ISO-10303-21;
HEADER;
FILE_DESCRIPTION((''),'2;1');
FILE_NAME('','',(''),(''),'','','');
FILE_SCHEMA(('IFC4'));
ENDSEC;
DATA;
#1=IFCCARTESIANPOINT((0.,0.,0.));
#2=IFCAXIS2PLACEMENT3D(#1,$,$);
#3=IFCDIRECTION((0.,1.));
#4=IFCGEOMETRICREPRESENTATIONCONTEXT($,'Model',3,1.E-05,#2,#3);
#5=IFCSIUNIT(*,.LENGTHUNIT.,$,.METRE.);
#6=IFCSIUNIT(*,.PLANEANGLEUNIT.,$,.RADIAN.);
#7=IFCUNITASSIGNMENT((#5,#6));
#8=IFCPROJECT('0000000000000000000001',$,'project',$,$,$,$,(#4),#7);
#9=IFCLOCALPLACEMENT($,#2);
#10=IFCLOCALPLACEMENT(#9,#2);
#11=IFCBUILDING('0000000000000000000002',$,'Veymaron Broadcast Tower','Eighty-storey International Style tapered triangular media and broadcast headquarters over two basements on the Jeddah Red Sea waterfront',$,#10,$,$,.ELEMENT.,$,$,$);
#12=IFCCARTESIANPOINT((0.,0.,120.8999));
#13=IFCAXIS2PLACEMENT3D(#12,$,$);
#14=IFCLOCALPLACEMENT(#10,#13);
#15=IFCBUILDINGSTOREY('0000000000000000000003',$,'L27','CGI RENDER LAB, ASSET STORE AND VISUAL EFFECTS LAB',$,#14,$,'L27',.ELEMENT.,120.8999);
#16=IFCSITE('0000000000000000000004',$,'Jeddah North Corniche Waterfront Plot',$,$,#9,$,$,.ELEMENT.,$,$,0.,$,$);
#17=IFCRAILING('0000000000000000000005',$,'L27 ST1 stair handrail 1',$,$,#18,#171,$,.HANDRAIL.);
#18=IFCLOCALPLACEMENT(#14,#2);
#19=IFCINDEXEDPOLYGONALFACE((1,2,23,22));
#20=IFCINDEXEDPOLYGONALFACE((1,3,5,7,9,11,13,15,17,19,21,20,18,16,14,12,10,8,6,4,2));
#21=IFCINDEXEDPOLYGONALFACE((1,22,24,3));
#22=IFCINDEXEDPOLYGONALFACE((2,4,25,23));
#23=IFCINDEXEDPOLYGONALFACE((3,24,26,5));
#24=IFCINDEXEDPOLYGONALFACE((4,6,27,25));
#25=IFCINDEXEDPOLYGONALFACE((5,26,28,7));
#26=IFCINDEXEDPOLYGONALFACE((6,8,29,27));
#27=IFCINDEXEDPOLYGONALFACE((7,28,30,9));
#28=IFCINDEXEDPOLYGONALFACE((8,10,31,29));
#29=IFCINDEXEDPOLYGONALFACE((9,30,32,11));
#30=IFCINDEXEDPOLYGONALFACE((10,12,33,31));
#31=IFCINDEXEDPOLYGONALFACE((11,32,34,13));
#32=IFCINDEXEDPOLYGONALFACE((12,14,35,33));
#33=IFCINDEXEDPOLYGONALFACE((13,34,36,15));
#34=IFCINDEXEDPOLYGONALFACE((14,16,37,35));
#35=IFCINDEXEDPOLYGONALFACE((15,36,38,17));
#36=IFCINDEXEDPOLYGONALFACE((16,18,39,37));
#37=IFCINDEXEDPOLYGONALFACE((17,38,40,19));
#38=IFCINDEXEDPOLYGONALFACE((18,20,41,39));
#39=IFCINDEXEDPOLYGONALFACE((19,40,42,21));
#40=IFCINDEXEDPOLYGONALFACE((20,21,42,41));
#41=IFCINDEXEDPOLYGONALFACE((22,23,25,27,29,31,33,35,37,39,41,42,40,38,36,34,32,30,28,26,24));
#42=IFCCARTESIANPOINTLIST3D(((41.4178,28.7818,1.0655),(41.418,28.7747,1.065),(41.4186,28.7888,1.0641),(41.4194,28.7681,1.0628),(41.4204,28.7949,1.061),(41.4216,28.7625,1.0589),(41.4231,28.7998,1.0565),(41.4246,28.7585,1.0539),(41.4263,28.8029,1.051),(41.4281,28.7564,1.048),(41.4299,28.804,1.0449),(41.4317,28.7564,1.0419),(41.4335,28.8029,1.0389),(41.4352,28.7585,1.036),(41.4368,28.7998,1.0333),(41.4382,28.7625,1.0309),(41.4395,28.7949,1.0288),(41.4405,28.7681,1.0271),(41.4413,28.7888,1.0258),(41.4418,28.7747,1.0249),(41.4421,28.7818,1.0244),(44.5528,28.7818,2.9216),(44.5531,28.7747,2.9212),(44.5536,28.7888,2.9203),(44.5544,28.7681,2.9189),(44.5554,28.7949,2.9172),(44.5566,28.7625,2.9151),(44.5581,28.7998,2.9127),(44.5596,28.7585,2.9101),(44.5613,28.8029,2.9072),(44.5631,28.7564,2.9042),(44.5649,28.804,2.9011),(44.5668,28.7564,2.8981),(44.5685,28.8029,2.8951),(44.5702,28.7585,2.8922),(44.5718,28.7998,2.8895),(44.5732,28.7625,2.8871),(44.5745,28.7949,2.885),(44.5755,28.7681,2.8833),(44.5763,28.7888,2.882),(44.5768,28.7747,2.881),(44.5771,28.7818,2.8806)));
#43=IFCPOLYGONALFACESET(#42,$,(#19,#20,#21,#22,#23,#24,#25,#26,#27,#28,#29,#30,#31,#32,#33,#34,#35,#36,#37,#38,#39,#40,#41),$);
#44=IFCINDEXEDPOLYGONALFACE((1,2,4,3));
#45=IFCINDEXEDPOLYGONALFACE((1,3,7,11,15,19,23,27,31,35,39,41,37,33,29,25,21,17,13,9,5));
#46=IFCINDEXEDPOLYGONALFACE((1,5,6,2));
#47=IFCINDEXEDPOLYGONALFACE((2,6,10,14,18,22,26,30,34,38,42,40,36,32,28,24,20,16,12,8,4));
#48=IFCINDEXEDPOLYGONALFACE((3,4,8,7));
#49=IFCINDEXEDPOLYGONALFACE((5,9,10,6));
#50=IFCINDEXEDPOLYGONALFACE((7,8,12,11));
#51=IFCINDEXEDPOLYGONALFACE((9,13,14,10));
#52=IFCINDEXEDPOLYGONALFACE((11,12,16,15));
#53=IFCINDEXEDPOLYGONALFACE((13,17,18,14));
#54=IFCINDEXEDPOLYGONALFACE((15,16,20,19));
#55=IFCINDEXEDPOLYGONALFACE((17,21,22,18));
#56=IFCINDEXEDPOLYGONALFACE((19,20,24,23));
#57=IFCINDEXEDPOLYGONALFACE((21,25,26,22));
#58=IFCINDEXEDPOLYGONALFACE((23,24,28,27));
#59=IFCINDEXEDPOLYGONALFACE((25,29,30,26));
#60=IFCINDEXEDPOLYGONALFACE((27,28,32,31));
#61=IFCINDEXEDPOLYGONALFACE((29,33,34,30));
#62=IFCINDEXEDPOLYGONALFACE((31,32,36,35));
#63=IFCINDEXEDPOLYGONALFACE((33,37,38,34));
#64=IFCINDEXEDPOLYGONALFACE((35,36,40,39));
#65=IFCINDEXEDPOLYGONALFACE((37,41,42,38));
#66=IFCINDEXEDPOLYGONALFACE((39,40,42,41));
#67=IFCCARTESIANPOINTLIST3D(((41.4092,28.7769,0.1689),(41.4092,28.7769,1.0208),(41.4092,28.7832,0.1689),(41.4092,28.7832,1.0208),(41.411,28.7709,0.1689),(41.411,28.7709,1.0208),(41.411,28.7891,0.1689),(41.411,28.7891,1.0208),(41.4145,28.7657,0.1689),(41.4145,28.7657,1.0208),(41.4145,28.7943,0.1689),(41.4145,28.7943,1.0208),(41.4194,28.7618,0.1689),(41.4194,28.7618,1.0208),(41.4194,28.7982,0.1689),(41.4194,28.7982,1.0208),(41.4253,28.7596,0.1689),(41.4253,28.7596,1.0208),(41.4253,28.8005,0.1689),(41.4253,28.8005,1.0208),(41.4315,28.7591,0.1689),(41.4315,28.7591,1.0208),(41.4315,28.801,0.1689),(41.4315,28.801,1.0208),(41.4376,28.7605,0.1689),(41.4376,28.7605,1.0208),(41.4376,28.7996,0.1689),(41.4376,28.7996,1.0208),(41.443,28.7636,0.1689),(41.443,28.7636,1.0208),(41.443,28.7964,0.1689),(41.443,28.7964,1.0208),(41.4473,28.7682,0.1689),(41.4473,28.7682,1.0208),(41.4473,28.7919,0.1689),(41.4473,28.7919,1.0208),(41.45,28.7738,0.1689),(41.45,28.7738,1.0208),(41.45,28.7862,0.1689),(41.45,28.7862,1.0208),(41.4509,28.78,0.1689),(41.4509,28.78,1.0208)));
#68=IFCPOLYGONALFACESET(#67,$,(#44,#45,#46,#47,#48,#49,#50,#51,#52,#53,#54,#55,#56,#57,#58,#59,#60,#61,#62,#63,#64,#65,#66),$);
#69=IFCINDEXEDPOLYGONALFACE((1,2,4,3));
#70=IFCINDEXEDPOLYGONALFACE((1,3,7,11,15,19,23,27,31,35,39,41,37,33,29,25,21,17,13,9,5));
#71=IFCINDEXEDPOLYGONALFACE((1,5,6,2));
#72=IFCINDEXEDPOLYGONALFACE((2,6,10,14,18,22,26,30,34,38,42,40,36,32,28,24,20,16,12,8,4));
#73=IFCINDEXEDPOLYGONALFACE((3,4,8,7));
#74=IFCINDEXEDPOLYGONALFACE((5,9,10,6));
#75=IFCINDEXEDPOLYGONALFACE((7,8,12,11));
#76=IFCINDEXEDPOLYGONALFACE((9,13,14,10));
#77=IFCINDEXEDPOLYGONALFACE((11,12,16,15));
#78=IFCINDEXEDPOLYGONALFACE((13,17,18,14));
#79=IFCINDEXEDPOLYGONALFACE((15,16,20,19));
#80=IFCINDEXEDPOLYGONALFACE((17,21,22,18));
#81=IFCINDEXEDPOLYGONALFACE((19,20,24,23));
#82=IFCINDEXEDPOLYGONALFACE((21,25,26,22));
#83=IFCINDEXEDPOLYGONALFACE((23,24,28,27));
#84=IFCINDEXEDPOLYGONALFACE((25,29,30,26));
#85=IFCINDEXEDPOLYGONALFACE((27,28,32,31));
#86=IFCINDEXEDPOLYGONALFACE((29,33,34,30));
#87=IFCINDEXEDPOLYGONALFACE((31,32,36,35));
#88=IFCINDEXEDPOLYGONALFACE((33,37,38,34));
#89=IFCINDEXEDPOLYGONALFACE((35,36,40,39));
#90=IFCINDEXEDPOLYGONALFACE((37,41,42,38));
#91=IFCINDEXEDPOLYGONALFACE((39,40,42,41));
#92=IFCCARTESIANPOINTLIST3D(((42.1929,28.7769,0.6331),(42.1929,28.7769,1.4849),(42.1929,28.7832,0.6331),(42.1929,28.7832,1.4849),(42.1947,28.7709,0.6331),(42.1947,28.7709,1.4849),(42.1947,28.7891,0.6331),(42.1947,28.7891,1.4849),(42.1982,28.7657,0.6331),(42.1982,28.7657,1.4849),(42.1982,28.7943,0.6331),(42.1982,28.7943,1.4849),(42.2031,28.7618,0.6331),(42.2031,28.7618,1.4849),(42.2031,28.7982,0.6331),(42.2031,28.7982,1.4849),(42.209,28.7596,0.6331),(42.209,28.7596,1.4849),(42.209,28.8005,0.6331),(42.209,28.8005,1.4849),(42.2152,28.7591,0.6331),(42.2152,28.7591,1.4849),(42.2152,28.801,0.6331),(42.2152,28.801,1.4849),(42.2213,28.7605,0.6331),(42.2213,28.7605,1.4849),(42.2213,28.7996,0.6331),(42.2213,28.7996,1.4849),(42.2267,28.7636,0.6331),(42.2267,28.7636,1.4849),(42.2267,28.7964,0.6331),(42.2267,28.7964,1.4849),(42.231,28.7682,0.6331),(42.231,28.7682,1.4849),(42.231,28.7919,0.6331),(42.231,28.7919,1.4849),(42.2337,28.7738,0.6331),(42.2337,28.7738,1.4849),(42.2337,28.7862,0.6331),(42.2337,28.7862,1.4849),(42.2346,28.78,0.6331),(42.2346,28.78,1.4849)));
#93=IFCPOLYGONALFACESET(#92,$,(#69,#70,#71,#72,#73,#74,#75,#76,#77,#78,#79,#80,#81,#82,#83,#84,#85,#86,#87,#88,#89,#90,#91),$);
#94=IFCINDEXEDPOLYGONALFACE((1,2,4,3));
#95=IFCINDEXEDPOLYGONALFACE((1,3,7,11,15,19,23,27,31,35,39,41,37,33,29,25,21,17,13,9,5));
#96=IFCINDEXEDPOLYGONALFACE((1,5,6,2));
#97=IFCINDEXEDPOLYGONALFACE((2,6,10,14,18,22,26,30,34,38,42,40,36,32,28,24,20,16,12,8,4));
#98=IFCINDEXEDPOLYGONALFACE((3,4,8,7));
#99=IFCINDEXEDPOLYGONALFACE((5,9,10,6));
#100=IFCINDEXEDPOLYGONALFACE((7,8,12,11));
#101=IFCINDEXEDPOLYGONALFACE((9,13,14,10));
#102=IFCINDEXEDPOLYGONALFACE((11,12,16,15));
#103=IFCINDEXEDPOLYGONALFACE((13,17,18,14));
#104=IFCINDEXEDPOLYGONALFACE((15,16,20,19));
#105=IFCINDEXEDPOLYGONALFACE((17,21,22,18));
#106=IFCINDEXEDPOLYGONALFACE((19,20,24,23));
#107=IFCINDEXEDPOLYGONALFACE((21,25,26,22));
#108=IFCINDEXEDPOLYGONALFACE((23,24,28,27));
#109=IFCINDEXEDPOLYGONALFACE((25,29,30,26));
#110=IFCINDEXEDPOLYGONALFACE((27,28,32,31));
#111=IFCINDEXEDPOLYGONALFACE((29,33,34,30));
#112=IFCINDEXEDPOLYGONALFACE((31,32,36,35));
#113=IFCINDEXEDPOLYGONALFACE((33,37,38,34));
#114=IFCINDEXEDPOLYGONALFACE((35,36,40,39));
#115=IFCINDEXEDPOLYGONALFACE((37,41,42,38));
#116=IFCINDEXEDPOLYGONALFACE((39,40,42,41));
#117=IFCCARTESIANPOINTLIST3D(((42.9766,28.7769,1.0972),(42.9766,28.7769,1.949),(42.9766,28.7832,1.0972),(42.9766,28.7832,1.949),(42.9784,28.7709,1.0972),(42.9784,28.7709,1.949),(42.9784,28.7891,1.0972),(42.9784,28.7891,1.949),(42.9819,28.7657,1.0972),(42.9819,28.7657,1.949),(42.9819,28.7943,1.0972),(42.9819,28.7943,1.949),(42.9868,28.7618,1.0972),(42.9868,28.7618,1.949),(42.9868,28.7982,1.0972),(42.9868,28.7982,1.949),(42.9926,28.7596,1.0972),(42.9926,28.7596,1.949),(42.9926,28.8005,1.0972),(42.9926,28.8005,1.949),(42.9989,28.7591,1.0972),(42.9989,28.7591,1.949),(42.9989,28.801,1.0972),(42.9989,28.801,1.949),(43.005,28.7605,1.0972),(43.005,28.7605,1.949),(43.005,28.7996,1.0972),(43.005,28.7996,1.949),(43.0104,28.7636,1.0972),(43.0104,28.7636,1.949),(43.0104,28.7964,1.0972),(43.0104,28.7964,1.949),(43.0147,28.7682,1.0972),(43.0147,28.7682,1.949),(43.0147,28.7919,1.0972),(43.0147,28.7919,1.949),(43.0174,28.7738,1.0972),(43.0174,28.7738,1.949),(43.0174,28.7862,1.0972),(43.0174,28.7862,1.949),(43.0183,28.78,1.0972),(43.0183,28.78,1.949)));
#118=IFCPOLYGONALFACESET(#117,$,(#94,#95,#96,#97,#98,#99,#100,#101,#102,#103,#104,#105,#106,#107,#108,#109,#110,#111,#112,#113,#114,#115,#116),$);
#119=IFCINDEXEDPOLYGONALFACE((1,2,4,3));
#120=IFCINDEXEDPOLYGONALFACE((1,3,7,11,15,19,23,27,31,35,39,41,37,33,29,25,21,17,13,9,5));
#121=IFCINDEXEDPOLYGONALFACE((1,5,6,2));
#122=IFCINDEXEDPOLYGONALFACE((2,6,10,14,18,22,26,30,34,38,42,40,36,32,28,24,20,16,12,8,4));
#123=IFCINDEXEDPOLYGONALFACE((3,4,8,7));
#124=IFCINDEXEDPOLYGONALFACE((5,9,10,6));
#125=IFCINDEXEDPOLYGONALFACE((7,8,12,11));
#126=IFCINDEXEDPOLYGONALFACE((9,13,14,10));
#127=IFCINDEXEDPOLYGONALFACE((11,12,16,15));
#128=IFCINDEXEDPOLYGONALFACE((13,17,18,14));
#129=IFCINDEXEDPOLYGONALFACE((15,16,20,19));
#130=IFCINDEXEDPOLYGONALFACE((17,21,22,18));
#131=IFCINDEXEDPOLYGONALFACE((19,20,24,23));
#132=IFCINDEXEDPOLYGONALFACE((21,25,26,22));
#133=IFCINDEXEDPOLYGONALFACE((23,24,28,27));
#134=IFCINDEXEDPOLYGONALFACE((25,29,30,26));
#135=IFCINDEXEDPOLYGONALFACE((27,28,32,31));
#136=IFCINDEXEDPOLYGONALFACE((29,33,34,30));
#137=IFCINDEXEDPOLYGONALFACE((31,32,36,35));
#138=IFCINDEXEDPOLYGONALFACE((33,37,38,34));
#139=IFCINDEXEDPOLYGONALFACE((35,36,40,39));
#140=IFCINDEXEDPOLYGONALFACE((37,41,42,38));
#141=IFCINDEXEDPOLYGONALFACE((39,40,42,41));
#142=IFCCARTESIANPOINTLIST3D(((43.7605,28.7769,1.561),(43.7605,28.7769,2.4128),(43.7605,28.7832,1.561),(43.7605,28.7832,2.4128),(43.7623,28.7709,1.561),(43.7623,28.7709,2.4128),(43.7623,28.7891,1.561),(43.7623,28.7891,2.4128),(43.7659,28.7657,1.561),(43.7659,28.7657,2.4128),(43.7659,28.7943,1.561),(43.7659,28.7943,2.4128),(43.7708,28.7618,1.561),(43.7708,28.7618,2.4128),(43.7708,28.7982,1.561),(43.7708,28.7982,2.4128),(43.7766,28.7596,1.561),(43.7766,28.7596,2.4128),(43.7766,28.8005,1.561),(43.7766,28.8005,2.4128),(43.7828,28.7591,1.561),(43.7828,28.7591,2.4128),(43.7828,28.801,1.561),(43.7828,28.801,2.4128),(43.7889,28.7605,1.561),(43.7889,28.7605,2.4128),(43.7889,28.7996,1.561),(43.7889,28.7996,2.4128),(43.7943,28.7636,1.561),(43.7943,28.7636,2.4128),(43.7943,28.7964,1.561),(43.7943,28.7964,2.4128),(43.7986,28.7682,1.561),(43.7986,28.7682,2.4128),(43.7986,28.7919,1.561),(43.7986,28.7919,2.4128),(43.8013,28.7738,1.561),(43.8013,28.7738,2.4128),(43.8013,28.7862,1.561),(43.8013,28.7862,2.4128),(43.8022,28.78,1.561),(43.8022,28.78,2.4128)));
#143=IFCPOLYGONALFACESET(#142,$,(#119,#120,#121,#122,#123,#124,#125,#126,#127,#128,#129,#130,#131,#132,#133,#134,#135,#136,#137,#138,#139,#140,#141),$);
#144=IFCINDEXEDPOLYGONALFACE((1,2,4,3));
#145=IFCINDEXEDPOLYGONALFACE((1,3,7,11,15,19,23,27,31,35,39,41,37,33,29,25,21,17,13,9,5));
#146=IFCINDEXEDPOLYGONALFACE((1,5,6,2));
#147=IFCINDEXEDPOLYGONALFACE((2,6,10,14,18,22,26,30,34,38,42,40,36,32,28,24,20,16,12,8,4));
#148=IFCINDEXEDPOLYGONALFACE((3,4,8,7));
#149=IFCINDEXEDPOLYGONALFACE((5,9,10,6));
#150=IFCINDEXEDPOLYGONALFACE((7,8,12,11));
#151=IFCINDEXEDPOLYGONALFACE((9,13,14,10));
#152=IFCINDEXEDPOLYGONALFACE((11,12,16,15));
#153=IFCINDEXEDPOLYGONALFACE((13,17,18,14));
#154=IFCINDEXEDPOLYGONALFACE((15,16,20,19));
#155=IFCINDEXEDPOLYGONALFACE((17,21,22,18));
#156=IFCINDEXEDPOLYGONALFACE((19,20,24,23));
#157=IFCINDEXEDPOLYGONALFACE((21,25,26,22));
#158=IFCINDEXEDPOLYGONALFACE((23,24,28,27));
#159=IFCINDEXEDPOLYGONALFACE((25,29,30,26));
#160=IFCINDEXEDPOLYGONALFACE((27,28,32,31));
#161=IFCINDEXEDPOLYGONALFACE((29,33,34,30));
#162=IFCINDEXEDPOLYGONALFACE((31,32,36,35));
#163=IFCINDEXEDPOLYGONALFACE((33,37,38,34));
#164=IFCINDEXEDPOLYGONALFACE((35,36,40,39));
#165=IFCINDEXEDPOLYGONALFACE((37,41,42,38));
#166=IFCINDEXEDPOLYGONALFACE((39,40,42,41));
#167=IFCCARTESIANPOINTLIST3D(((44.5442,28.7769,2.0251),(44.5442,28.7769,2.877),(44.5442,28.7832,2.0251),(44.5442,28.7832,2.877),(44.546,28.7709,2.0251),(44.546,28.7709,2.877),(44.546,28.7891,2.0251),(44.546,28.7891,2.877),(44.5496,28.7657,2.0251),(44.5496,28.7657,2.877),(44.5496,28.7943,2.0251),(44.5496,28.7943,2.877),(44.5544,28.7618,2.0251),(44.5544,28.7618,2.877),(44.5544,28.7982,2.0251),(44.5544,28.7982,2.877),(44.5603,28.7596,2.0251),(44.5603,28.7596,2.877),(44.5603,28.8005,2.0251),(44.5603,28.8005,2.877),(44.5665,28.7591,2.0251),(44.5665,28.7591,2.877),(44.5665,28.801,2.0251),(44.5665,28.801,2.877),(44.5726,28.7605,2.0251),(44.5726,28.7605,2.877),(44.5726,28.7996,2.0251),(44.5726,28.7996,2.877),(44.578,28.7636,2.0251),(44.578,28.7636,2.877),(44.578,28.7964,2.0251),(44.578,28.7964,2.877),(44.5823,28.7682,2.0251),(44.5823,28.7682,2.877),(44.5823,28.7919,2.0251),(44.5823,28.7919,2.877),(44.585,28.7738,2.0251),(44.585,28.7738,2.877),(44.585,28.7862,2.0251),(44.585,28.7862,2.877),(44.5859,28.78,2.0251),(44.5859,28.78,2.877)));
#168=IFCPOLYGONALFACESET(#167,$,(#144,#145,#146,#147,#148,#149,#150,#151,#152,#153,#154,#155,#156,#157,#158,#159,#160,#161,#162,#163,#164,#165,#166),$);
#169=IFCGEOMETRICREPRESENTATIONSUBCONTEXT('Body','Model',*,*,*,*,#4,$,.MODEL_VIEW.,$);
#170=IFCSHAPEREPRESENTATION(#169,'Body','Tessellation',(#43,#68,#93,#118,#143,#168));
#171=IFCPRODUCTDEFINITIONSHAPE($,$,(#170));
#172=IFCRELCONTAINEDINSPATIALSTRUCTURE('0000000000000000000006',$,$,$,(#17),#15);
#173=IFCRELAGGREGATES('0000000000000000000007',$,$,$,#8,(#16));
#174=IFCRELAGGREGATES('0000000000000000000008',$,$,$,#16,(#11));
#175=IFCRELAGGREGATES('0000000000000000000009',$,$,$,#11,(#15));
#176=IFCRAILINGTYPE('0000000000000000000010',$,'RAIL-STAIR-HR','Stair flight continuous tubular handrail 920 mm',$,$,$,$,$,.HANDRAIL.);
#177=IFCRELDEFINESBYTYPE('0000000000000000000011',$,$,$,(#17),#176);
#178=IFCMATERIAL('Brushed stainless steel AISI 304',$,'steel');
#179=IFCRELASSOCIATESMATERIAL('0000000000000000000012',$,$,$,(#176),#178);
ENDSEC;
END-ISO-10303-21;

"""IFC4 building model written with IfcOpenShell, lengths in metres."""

from ifc_helpers import new_model, si_unit, direction, frame, origin, origin_2d, place, context, subcontext, project, spatial, circle, extrude, material, type_object, element, save


model = new_model("IFC4")

# Units and contexts
model_context = context("Model", 3, precision=1e-05, world=origin(), true_north=direction((0.0, 1.0)))
body_context = subcontext(model_context, "Body", "Model", "MODEL_VIEW")
ifc_project = project(units=[si_unit("LENGTHUNIT", "METRE"), si_unit("PLANEANGLEUNIT", "RADIAN")], contexts=[model_context])

# Site, building, storey
site_placement = place(None, origin())
site = spatial("IfcSite", under=ifc_project, at=site_placement, Name="Jeddah North Corniche Waterfront Plot", CompositionType="ELEMENT", RefElevation=0.0)
building_placement = place(site_placement, origin())
building = spatial("IfcBuilding", under=site, at=building_placement, Name="Veymaron Broadcast Tower", Description="Eighty-storey International Style tapered triangular media and broadcast headquarters over two basements on the Jeddah Red Sea waterfront", CompositionType="ELEMENT")
storey_placement = place(building_placement, frame((0.0, 0.0, 120.8999)))
storey = spatial("IfcBuildingStorey", under=building, at=storey_placement, Name="L27", Description="CGI RENDER LAB, ASSET STORE AND VISUAL EFFECTS LAB", LongName="L27", CompositionType="ELEMENT", Elevation=120.8999)

# Shared definitions
ifc_material_1 = material(Name="Brushed stainless steel AISI 304", Category="steel")

# Railing
railing_type_1 = type_object("IfcRailingType", Name="RAIL-STAIR-HR", Description="Stair flight continuous tubular handrail 920 mm", PredefinedType="HANDRAIL", material=ifc_material_1)
railing_1_placement = place(storey_placement, frame((41.4299, 28.78, 0.1689)))
element("IfcRailing", 1, at=railing_1_placement, inside=storey, type_object=railing_type_1, Name="L27 ST1 stair handrail 1", PredefinedType="HANDRAIL", context=body_context, shape_type="SweptSolid", body=[
    extrude(circle(Radius=0.0239, at=origin_2d()), frame((0.0, 0.0, 0.876), z_axis=(0.860482, 0.0, 0.509481), x_axis=(0.0, 1.0, 0.0)), (0.0, 0.0, 1.0), 3.6433),
    extrude(circle(Radius=0.021, at=origin_2d()), origin(), (0.0, 0.0, 1.0), 0.8518),
    extrude(circle(Radius=0.021, at=origin_2d()), frame((0.7837, 0.0, 0.4641)), (0.0, 0.0, 1.0), 0.8518),
    extrude(circle(Radius=0.021, at=origin_2d()), frame((1.5674, 0.0, 0.9282)), (0.0, 0.0, 1.0), 0.8518),
    extrude(circle(Radius=0.021, at=origin_2d()), frame((2.3513, 0.0, 1.3921)), (0.0, 0.0, 1.0), 0.8518),
    extrude(circle(Radius=0.021, at=origin_2d()), frame((3.135, 0.0, 1.8562)), (0.0, 0.0, 1.0), 0.8518),
])

save(model, "model.ifc")
